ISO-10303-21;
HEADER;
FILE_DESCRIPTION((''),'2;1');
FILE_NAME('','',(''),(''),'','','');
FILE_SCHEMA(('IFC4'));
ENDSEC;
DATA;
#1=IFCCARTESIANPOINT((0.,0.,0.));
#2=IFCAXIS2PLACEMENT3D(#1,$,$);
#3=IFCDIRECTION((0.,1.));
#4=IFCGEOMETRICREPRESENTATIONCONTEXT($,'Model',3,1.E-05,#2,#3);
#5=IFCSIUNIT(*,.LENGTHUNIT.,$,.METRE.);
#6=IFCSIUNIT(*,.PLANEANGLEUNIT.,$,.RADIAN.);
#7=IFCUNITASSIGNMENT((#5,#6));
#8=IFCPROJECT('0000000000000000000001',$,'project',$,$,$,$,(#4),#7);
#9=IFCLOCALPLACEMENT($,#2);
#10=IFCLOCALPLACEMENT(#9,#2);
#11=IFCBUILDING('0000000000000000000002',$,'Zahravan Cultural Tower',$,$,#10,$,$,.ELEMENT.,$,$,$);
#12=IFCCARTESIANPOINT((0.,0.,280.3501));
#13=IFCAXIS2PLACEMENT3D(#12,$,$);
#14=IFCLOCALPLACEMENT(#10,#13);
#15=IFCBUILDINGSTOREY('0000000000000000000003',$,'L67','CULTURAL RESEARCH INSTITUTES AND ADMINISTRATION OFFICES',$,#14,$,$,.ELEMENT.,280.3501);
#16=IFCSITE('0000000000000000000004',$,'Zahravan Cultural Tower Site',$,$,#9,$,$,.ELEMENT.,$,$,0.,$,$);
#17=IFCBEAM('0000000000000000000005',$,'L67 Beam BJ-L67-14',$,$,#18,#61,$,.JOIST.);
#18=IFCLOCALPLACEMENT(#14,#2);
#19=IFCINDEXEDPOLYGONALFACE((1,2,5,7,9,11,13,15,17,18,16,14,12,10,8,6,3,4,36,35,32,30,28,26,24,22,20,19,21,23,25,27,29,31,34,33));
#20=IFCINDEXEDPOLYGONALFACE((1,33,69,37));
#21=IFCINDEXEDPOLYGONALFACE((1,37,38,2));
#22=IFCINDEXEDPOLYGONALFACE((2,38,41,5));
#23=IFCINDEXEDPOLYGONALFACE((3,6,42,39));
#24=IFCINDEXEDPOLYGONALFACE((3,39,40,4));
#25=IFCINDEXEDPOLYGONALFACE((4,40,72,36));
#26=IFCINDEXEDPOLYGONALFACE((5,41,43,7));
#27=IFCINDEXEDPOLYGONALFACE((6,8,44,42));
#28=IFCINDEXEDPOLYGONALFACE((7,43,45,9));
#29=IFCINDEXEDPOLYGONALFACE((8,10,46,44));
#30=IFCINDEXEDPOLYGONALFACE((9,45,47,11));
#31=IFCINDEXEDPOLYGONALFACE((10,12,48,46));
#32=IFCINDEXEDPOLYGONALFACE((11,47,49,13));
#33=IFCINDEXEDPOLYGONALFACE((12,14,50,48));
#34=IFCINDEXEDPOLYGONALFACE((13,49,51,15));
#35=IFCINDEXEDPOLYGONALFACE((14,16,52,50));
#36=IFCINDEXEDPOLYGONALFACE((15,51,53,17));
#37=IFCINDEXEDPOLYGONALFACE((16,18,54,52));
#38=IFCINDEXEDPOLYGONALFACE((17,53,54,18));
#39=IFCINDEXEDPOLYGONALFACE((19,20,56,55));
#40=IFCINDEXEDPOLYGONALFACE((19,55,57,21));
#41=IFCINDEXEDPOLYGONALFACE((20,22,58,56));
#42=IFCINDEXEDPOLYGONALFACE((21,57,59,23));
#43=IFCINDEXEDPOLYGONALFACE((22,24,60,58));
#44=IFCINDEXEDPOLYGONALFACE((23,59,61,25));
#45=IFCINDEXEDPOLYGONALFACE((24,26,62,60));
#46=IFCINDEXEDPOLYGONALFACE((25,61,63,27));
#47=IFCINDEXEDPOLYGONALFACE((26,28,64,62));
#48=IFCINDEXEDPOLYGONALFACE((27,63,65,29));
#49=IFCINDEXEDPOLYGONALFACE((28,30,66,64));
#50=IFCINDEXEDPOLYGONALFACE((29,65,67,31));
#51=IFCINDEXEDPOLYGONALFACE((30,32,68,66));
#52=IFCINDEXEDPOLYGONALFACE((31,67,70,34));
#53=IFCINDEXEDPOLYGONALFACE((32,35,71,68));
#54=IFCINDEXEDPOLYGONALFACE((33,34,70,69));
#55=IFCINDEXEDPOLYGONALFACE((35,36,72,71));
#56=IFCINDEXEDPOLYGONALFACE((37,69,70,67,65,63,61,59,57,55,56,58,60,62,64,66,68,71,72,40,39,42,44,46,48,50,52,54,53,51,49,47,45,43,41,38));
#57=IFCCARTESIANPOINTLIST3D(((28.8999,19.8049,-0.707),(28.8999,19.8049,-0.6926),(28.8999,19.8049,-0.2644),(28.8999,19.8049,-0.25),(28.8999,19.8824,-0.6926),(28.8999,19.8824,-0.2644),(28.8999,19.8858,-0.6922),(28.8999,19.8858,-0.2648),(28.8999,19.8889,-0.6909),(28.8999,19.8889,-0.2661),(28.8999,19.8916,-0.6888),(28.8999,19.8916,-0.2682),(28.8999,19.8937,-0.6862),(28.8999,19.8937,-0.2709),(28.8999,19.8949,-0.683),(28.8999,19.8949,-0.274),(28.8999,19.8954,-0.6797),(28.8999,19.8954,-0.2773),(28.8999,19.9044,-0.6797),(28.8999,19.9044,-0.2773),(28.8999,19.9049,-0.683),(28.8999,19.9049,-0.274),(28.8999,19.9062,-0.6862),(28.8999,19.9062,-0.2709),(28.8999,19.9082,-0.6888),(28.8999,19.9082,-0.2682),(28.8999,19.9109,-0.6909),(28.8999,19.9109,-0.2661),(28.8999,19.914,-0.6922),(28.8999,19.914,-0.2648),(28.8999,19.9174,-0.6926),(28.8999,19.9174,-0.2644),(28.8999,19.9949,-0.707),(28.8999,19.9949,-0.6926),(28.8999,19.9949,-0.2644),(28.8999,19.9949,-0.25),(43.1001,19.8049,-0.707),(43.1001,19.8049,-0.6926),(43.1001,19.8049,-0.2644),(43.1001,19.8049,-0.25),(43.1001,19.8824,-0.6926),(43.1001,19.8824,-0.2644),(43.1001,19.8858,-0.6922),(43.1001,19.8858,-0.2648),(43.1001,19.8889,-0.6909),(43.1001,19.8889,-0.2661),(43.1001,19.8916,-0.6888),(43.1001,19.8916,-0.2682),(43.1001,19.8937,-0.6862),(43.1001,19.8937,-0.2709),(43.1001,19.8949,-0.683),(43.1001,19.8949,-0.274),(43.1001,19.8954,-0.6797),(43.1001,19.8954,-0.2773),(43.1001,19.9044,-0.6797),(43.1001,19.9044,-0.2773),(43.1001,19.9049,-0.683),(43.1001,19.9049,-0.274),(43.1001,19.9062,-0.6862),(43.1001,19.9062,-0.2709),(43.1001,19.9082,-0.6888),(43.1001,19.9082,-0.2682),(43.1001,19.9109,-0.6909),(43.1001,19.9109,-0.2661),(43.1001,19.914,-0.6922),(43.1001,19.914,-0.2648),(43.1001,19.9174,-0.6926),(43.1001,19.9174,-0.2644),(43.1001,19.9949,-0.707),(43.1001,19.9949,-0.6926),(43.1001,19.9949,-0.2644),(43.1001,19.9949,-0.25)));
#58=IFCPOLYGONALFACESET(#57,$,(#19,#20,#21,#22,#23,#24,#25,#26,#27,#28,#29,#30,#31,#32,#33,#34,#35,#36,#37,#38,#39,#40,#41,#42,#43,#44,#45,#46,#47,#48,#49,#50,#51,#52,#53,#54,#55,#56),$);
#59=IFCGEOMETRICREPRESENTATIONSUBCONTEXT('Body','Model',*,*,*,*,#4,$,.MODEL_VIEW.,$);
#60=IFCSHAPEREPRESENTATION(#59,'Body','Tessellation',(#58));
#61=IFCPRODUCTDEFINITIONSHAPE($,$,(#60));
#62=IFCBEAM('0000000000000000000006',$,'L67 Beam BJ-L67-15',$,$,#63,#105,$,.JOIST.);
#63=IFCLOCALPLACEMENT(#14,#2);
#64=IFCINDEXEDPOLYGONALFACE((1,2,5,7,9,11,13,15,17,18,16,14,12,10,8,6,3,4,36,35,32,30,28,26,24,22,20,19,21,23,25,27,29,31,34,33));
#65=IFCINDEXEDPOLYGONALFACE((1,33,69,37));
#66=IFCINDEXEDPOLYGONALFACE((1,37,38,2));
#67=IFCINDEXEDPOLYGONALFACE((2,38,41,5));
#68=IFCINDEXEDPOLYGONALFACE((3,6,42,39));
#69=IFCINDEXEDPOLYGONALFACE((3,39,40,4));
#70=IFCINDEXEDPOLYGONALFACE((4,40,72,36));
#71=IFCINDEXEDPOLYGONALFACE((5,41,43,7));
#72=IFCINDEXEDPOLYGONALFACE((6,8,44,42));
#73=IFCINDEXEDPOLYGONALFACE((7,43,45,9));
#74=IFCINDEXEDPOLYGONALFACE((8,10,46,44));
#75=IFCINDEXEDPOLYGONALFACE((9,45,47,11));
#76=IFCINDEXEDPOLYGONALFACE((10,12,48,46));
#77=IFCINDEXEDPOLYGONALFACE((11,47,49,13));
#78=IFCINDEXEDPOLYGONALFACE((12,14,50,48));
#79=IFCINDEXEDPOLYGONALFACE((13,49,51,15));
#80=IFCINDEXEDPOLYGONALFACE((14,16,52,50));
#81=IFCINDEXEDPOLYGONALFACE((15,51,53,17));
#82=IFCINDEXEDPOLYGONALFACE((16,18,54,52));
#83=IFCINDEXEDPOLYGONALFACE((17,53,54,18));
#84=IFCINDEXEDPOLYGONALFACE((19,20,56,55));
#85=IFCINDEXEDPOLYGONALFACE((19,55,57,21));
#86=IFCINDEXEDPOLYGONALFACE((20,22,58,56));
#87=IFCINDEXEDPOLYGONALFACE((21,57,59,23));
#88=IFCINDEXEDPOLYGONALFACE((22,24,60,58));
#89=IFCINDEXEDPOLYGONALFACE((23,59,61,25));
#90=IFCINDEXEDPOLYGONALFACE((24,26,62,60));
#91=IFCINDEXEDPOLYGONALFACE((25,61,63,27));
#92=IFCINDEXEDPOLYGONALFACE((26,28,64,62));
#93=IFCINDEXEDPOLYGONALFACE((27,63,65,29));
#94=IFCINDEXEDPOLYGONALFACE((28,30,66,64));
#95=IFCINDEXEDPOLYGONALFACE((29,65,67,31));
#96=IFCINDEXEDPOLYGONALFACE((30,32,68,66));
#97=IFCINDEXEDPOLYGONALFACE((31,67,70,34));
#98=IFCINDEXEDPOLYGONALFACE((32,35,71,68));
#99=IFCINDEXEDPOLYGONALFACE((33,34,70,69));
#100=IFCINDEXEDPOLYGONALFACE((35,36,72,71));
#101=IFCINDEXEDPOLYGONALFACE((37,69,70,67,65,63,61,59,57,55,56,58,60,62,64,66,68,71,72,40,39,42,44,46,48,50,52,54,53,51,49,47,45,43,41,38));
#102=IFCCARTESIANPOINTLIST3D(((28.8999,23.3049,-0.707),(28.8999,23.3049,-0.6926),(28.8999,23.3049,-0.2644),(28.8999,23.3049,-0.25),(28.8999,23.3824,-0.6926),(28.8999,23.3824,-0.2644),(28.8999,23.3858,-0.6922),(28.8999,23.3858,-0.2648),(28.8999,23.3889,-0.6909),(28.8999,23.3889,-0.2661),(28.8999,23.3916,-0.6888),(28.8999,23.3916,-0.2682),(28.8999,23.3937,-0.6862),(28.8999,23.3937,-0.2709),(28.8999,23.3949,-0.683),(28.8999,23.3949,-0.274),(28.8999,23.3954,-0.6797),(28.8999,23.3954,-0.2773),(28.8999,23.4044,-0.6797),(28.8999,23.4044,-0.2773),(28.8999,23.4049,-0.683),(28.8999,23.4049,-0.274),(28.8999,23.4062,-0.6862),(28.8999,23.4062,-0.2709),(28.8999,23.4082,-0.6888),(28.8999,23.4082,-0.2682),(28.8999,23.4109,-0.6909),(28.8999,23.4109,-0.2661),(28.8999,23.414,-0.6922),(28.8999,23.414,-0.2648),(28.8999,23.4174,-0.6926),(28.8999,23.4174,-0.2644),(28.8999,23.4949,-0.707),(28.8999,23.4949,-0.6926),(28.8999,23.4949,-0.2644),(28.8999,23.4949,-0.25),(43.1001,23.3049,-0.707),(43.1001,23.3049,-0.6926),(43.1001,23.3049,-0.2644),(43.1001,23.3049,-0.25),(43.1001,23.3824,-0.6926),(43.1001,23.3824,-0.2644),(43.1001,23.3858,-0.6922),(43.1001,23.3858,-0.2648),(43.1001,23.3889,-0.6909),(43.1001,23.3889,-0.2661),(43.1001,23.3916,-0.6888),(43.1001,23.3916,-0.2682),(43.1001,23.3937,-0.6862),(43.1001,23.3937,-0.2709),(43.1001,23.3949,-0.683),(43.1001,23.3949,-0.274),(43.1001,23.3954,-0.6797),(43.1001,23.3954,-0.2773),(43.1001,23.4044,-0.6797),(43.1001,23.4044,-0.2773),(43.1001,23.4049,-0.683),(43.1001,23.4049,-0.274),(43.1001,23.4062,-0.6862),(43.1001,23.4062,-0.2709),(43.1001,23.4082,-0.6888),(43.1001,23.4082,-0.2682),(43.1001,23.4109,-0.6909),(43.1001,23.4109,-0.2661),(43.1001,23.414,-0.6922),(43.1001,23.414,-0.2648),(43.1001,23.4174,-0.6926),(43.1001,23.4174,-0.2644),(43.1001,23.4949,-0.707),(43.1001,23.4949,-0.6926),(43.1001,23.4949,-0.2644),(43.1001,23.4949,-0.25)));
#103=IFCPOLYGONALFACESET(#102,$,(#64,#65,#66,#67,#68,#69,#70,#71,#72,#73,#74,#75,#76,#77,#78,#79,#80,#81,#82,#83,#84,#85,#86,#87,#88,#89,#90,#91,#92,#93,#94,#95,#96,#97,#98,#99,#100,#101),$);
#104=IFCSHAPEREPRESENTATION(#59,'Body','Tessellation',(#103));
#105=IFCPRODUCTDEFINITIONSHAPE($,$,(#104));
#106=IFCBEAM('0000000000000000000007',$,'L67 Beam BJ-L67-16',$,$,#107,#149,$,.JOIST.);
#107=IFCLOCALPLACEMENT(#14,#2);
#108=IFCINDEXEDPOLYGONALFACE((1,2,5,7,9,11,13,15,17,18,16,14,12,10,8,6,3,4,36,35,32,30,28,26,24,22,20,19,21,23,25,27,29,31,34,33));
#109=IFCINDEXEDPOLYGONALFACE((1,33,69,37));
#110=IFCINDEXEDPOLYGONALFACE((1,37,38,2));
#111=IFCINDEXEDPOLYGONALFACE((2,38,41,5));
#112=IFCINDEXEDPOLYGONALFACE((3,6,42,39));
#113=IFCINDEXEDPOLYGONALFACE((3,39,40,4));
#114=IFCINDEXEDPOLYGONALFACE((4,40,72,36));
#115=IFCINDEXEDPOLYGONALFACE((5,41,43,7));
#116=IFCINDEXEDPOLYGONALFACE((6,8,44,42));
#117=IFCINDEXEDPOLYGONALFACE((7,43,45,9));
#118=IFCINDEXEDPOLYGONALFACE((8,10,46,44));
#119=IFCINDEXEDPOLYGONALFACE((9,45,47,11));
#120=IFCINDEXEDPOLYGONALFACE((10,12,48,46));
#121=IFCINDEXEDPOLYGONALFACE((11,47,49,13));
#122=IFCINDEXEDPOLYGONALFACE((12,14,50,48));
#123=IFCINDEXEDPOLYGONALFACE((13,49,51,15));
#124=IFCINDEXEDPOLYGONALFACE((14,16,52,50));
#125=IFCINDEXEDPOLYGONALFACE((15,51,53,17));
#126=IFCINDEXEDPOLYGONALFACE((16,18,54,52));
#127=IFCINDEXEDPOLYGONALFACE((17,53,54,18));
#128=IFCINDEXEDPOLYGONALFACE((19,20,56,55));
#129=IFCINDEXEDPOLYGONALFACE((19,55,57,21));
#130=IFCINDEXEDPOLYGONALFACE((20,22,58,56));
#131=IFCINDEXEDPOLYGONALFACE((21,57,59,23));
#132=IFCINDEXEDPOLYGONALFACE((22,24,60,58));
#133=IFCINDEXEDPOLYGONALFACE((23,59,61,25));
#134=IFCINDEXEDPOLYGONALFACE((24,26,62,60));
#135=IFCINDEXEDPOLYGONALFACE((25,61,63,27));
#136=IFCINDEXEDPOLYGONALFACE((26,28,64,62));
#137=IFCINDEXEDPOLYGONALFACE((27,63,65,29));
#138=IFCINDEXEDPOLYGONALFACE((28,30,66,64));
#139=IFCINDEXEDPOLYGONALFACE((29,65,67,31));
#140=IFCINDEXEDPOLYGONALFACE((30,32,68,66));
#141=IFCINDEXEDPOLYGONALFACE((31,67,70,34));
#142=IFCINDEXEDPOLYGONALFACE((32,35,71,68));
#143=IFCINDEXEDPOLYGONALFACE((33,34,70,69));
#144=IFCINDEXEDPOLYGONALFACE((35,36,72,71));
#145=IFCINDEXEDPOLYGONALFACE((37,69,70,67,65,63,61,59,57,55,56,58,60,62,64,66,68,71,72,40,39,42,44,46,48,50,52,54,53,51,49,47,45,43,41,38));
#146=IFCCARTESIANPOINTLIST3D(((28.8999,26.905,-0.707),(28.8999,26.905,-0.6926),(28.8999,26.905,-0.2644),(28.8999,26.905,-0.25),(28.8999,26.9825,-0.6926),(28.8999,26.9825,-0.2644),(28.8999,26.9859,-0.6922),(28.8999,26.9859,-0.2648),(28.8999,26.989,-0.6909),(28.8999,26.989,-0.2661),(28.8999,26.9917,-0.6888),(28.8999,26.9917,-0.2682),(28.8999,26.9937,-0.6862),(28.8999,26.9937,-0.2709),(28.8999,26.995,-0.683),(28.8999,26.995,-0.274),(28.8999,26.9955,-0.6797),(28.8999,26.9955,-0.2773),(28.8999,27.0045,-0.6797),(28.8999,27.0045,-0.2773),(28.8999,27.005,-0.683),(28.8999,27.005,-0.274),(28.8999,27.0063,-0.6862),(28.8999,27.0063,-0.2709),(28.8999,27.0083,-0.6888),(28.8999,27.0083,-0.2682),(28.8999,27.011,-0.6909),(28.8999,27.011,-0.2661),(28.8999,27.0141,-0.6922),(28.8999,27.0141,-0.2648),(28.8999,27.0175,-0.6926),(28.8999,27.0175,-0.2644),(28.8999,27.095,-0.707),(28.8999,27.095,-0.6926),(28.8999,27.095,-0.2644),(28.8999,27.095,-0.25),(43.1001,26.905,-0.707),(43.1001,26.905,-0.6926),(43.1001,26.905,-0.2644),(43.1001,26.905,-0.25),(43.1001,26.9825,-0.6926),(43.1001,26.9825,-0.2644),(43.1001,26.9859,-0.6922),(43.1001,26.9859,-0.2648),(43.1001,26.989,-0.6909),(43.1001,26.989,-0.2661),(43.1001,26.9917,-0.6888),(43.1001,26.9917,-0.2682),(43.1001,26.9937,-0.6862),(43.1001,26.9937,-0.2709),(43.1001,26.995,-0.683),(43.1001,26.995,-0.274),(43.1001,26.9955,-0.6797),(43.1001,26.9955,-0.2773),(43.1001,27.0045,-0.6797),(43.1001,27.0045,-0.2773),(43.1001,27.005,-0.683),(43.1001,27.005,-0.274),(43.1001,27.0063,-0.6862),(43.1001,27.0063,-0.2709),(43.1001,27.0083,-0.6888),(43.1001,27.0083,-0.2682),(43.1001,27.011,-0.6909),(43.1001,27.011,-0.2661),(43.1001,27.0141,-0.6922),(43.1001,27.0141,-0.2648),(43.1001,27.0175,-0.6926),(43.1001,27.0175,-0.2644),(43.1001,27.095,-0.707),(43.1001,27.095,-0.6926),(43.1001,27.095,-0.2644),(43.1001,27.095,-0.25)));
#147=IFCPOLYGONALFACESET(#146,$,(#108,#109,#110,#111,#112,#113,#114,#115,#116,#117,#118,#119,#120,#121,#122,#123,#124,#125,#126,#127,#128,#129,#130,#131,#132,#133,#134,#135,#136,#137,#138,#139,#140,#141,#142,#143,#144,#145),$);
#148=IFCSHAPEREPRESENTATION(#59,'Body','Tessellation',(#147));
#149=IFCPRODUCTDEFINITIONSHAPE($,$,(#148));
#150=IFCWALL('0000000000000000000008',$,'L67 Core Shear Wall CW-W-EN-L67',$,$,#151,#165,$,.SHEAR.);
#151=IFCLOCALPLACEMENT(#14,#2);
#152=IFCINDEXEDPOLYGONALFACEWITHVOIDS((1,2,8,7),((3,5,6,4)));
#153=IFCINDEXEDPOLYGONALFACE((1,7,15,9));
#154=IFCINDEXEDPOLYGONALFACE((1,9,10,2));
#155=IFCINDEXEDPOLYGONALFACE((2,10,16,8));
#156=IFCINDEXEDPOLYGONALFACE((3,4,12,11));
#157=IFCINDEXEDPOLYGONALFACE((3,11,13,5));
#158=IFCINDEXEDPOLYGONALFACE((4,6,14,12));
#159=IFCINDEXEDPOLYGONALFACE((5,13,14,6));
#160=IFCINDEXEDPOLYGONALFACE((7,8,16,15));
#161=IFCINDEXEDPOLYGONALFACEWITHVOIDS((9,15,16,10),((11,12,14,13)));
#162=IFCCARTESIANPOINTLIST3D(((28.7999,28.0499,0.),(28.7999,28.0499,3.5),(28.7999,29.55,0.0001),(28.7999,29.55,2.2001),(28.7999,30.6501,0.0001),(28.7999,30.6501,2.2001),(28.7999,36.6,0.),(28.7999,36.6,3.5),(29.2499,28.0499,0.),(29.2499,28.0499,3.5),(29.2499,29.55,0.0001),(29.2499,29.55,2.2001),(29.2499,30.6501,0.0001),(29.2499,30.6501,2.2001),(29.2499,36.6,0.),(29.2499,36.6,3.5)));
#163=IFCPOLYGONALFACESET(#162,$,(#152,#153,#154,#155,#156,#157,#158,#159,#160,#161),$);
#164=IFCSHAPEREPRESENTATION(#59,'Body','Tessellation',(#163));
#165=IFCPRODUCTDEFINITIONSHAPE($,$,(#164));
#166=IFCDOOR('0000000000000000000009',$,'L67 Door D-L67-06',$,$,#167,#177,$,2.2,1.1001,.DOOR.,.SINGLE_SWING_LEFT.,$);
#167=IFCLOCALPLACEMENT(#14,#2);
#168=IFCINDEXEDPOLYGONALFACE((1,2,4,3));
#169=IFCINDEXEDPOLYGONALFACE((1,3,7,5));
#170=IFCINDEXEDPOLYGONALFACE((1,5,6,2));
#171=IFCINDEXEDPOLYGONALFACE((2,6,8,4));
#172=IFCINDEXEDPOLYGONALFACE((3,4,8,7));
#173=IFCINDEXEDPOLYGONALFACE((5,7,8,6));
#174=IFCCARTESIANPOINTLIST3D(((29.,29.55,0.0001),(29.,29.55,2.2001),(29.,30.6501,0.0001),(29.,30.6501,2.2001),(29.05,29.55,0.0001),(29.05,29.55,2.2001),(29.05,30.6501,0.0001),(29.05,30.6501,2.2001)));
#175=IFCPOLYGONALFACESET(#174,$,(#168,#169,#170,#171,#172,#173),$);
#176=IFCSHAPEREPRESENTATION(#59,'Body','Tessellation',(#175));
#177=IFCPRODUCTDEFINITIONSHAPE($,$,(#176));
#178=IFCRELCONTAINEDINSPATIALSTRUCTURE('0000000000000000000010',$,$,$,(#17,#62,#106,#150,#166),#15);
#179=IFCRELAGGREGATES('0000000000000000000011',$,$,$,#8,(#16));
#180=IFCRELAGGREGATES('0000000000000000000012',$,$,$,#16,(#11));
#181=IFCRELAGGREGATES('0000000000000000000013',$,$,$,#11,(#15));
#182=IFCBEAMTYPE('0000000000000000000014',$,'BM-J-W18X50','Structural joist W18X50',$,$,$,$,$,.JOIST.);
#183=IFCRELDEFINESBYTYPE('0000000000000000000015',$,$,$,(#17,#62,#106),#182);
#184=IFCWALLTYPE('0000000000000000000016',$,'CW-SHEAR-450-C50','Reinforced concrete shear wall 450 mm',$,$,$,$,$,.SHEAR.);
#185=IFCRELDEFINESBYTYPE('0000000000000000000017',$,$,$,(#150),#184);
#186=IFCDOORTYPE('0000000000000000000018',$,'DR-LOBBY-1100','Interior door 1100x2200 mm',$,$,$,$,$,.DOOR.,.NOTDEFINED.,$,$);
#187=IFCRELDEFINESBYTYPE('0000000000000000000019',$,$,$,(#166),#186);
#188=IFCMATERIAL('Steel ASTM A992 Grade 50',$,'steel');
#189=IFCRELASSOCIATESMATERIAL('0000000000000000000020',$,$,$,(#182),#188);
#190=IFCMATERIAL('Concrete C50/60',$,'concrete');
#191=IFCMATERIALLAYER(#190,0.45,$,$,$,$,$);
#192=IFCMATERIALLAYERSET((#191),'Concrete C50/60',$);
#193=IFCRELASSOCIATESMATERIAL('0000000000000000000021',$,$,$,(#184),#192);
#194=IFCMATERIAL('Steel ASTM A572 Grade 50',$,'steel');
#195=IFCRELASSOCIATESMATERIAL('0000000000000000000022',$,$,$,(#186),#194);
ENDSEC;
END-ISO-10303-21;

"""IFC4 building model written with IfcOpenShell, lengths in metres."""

from ifc_helpers import new_model, si_unit, direction, frame, frame_2d, origin, origin_2d, place, context, subcontext, project, spatial, rectangle, i_section, extrude, source, transform, mapped, material, layer, layer_set, material_profile, profile_set, type_object, element, fill, save


model = new_model("IFC4")

# Units and contexts
model_context = context("Model", 3, precision=1e-05, world=origin(), true_north=direction((0.0, 1.0)))
body_context = subcontext(model_context, "Body", "Model", "MODEL_VIEW")
ifc_project = project(units=[si_unit("LENGTHUNIT", "METRE"), si_unit("PLANEANGLEUNIT", "RADIAN")], contexts=[model_context])

# Site, building, storey
site_placement = place(None, origin())
site = spatial("IfcSite", under=ifc_project, at=site_placement, Name="Zahravan Cultural Tower Site", CompositionType="ELEMENT", RefElevation=0.0)
building_placement = place(site_placement, origin())
building = spatial("IfcBuilding", under=site, at=building_placement, Name="Zahravan Cultural Tower", CompositionType="ELEMENT")
storey_placement = place(building_placement, frame((0.0, 0.0, 280.3501)))
storey = spatial("IfcBuildingStorey", under=building, at=storey_placement, Name="L67", Description="CULTURAL RESEARCH INSTITUTES AND ADMINISTRATION OFFICES", CompositionType="ELEMENT", Elevation=280.3501)

# Shared definitions
ifc_material_1 = material(Name="Concrete C50/60", Category="concrete")

# Beams
ifc_material_2 = material(Name="Steel ASTM A992 Grade 50", Category="steel")
ifc_material_profile_1 = material_profile(ifc_material_2, i_section(OverallWidth=0.1899, OverallDepth=0.457, WebThickness=0.009, FlangeThickness=0.0144, FilletRadius=0.0129, at=origin_2d()), Name="W18X50")
ifc_profile_set_1 = profile_set([ifc_material_profile_1], Name="Steel ASTM A992 Grade 50")
beam_type_1 = type_object("IfcBeamType", Name="BM-J-W18X50", Description="Structural joist W18X50", PredefinedType="JOIST", material=ifc_profile_set_1)
shared_shape_1 = source(origin(), body_context, "Body", "SweptSolid", [
    extrude(i_section(OverallWidth=0.1899, OverallDepth=0.457, WebThickness=0.009, FlangeThickness=0.0144, FilletRadius=0.0129, at=origin_2d()), origin(), (0.0, 0.0, 1.0), 14.2002),
])
for number, where, z_axis, x_axis, name in (
    (1, (28.8999, 19.8999, -0.4785), (1.0, 0.0, 0.0), (0.0, 1.0, 0.0), "L67 Beam BJ-L67-14"),
    (2, (28.8999, 23.3999, -0.4785), (1.0, 0.0, 0.0), (0.0, 1.0, 0.0), "L67 Beam BJ-L67-15"),
    (3, (28.8999, 27.0, -0.4785), (1.0, 0.0, 0.0), (0.0, 1.0, 0.0), "L67 Beam BJ-L67-16"),
):
    element("IfcBeam", number, at=place(storey_placement, frame(where, z_axis=z_axis, x_axis=x_axis)), inside=storey, type_object=beam_type_1, Name=name, PredefinedType="JOIST", context=body_context, shape_type="MappedRepresentation", body=[
        mapped(shared_shape_1, transform((0.0, 0.0, 0.0), x_axis=(1.0, 0.0, 0.0), y_axis=(0.0, 1.0, 0.0), z_axis=(0.0, 0.0, 1.0), scale=1.0)),
    ])

# Wall, opening, door
ifc_layer_1 = layer(ifc_material_1, 0.45)
ifc_layer_set_1 = layer_set([ifc_layer_1], Name="Concrete C50/60")
wall_type_1 = type_object("IfcWallType", Name="CW-SHEAR-450-C50", Description="Reinforced concrete shear wall 450 mm", PredefinedType="SHEAR", material=ifc_layer_set_1)
wall_1_placement = place(storey_placement, frame((29.0249, 28.05, 0.0), z_axis=(0.0, 0.0, 1.0), x_axis=(0.0, 1.0, 0.0)))
wall_1 = element("IfcWall", 4, at=wall_1_placement, inside=storey, type_object=wall_type_1, Name="L67 Core Shear Wall CW-W-EN-L67", PredefinedType="SHEAR", context=body_context, shape_type="SweptSolid", body=[
    extrude(rectangle(XDim=8.55, YDim=0.45, at=frame_2d((4.2749, 0.0))), origin(), (0.0, 0.0, 1.0), 3.5),
])
opening_1_placement = place(wall_1_placement, frame((1.5, 0.0, 0.0)))
opening_1 = element("IfcOpeningElement", 5, at=opening_1_placement, cuts=wall_1, PredefinedType="OPENING", context=body_context, shape_type="SweptSolid", body=[
    extrude(rectangle(XDim=1.1001, YDim=2.2, at=frame_2d((0.55, 1.1001))), frame((0.0, 0.2349, 0.0), z_axis=(0.0, -1.0, 0.0), x_axis=(1.0, 0.0, 0.0)), (0.0, 0.0, 1.0), 0.47),
])
ifc_material_3 = material(Name="Steel ASTM A572 Grade 50", Category="steel")
door_type_1 = type_object("IfcDoorType", Name="DR-LOBBY-1100", Description="Interior door 1100x2200 mm", OperationType="NOTDEFINED", PredefinedType="DOOR", material=ifc_material_3)
shared_shape_2 = source(origin(), body_context, "Body", "SweptSolid", [
    extrude(rectangle(XDim=1.1001, YDim=2.2, at=frame_2d((0.55, 1.1001))), frame((0.0, 0.0249, 0.0), z_axis=(0.0, -1.0, 0.0), x_axis=(1.0, 0.0, 0.0)), (0.0, 0.0, 1.0), 0.05),
])
door_1_placement = place(opening_1_placement, origin())
door_1 = element("IfcDoor", 6, at=door_1_placement, inside=storey, type_object=door_type_1, Name="L67 Door D-L67-06", OperationType="SINGLE_SWING_LEFT", OverallHeight=2.2, OverallWidth=1.1001, PredefinedType="DOOR", context=body_context, shape_type="MappedRepresentation", body=[
    mapped(shared_shape_2, transform((0.0, 0.0, 0.0), x_axis=(1.0, 0.0, 0.0), y_axis=(0.0, 1.0, 0.0), z_axis=(0.0, 0.0, 1.0), scale=1.0)),
])
fill(opening_1, door_1)

save(model, "model.ifc")
